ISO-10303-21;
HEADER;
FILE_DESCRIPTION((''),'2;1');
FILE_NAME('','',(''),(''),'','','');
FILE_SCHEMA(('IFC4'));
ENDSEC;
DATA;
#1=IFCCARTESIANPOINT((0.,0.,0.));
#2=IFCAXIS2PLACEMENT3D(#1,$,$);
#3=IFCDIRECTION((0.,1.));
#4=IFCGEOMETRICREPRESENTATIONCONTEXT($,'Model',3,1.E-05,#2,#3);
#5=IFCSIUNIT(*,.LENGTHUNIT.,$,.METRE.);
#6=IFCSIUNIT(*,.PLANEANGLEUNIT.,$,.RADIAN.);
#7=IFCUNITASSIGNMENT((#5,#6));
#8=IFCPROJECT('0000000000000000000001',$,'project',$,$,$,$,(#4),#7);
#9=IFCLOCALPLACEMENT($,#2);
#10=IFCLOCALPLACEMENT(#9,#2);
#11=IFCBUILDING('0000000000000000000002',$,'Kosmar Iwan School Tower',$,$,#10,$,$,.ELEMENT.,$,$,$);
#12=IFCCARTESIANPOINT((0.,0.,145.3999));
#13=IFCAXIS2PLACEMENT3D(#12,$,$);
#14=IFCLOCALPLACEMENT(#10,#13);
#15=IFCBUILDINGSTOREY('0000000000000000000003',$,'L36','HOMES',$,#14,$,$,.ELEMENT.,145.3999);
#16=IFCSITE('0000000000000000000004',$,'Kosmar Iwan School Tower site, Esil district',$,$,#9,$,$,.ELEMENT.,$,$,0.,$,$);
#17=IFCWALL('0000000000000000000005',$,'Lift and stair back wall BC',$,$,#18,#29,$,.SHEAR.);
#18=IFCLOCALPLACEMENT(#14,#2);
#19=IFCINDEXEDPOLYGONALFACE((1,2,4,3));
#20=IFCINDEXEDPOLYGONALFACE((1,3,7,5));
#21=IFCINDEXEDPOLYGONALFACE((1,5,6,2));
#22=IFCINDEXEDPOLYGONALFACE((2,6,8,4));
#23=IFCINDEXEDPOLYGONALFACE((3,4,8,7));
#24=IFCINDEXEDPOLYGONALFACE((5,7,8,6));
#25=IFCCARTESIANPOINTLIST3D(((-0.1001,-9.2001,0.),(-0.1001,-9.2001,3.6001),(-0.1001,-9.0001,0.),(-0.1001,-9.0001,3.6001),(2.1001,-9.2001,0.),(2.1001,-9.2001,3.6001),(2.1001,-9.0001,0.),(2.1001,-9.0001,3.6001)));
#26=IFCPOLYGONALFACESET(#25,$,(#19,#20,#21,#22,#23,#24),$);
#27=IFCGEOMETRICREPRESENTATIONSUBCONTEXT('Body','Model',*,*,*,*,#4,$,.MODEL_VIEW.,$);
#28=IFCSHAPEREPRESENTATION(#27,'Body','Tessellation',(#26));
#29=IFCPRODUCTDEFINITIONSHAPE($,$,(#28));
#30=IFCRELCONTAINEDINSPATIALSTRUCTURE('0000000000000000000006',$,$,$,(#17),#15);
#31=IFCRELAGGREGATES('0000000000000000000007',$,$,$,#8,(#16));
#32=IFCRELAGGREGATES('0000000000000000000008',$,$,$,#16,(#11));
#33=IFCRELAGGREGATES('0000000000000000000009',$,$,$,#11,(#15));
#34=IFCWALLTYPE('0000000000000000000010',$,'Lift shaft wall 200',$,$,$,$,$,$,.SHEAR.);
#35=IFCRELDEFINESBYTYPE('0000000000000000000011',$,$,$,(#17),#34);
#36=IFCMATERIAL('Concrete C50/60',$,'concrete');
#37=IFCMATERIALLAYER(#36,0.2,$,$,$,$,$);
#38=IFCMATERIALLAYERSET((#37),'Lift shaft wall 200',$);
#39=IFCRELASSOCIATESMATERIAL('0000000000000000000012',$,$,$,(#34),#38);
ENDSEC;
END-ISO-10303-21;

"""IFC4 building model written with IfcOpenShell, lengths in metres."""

from ifc_helpers import new_model, si_unit, direction, frame, frame_2d, origin, place, context, subcontext, project, spatial, rectangle, extrude, material, layer, layer_set, type_object, element, save


model = new_model("IFC4")

# Units and contexts
model_context = context("Model", 3, precision=1e-05, world=origin(), true_north=direction((0.0, 1.0)))
body_context = subcontext(model_context, "Body", "Model", "MODEL_VIEW")
ifc_project = project(units=[si_unit("LENGTHUNIT", "METRE"), si_unit("PLANEANGLEUNIT", "RADIAN")], contexts=[model_context])

# Site, building, storey
site_placement = place(None, origin())
site = spatial("IfcSite", under=ifc_project, at=site_placement, Name="Kosmar Iwan School Tower site, Esil district", CompositionType="ELEMENT", RefElevation=0.0)
building_placement = place(site_placement, origin())
building = spatial("IfcBuilding", under=site, at=building_placement, Name="Kosmar Iwan School Tower", CompositionType="ELEMENT")
storey_placement = place(building_placement, frame((0.0, 0.0, 145.3999)))
storey = spatial("IfcBuildingStorey", under=building, at=storey_placement, Name="L36", Description="HOMES", CompositionType="ELEMENT", Elevation=145.3999)

# Wall
ifc_material_1 = material(Name="Concrete C50/60", Category="concrete")
ifc_layer_1 = layer(ifc_material_1, 0.2)
ifc_layer_set_1 = layer_set([ifc_layer_1], Name="Lift shaft wall 200")
wall_type_1 = type_object("IfcWallType", Name="Lift shaft wall 200", PredefinedType="SHEAR", material=ifc_layer_set_1)
wall_1_placement = place(storey_placement, frame((-0.1001, -9.1001, 0.0), z_axis=(0.0, 0.0, 1.0), x_axis=(1.0, 0.0, 0.0)))
element("IfcWall", 1, at=wall_1_placement, inside=storey, type_object=wall_type_1, Name="Lift and stair back wall BC", PredefinedType="SHEAR", context=body_context, shape_type="SweptSolid", body=[
    extrude(rectangle(XDim=2.2002, YDim=0.2, at=frame_2d((1.1001, 0.0))), origin(), (0.0, 0.0, 1.0), 3.6001),
])

save(model, "model.ifc")
